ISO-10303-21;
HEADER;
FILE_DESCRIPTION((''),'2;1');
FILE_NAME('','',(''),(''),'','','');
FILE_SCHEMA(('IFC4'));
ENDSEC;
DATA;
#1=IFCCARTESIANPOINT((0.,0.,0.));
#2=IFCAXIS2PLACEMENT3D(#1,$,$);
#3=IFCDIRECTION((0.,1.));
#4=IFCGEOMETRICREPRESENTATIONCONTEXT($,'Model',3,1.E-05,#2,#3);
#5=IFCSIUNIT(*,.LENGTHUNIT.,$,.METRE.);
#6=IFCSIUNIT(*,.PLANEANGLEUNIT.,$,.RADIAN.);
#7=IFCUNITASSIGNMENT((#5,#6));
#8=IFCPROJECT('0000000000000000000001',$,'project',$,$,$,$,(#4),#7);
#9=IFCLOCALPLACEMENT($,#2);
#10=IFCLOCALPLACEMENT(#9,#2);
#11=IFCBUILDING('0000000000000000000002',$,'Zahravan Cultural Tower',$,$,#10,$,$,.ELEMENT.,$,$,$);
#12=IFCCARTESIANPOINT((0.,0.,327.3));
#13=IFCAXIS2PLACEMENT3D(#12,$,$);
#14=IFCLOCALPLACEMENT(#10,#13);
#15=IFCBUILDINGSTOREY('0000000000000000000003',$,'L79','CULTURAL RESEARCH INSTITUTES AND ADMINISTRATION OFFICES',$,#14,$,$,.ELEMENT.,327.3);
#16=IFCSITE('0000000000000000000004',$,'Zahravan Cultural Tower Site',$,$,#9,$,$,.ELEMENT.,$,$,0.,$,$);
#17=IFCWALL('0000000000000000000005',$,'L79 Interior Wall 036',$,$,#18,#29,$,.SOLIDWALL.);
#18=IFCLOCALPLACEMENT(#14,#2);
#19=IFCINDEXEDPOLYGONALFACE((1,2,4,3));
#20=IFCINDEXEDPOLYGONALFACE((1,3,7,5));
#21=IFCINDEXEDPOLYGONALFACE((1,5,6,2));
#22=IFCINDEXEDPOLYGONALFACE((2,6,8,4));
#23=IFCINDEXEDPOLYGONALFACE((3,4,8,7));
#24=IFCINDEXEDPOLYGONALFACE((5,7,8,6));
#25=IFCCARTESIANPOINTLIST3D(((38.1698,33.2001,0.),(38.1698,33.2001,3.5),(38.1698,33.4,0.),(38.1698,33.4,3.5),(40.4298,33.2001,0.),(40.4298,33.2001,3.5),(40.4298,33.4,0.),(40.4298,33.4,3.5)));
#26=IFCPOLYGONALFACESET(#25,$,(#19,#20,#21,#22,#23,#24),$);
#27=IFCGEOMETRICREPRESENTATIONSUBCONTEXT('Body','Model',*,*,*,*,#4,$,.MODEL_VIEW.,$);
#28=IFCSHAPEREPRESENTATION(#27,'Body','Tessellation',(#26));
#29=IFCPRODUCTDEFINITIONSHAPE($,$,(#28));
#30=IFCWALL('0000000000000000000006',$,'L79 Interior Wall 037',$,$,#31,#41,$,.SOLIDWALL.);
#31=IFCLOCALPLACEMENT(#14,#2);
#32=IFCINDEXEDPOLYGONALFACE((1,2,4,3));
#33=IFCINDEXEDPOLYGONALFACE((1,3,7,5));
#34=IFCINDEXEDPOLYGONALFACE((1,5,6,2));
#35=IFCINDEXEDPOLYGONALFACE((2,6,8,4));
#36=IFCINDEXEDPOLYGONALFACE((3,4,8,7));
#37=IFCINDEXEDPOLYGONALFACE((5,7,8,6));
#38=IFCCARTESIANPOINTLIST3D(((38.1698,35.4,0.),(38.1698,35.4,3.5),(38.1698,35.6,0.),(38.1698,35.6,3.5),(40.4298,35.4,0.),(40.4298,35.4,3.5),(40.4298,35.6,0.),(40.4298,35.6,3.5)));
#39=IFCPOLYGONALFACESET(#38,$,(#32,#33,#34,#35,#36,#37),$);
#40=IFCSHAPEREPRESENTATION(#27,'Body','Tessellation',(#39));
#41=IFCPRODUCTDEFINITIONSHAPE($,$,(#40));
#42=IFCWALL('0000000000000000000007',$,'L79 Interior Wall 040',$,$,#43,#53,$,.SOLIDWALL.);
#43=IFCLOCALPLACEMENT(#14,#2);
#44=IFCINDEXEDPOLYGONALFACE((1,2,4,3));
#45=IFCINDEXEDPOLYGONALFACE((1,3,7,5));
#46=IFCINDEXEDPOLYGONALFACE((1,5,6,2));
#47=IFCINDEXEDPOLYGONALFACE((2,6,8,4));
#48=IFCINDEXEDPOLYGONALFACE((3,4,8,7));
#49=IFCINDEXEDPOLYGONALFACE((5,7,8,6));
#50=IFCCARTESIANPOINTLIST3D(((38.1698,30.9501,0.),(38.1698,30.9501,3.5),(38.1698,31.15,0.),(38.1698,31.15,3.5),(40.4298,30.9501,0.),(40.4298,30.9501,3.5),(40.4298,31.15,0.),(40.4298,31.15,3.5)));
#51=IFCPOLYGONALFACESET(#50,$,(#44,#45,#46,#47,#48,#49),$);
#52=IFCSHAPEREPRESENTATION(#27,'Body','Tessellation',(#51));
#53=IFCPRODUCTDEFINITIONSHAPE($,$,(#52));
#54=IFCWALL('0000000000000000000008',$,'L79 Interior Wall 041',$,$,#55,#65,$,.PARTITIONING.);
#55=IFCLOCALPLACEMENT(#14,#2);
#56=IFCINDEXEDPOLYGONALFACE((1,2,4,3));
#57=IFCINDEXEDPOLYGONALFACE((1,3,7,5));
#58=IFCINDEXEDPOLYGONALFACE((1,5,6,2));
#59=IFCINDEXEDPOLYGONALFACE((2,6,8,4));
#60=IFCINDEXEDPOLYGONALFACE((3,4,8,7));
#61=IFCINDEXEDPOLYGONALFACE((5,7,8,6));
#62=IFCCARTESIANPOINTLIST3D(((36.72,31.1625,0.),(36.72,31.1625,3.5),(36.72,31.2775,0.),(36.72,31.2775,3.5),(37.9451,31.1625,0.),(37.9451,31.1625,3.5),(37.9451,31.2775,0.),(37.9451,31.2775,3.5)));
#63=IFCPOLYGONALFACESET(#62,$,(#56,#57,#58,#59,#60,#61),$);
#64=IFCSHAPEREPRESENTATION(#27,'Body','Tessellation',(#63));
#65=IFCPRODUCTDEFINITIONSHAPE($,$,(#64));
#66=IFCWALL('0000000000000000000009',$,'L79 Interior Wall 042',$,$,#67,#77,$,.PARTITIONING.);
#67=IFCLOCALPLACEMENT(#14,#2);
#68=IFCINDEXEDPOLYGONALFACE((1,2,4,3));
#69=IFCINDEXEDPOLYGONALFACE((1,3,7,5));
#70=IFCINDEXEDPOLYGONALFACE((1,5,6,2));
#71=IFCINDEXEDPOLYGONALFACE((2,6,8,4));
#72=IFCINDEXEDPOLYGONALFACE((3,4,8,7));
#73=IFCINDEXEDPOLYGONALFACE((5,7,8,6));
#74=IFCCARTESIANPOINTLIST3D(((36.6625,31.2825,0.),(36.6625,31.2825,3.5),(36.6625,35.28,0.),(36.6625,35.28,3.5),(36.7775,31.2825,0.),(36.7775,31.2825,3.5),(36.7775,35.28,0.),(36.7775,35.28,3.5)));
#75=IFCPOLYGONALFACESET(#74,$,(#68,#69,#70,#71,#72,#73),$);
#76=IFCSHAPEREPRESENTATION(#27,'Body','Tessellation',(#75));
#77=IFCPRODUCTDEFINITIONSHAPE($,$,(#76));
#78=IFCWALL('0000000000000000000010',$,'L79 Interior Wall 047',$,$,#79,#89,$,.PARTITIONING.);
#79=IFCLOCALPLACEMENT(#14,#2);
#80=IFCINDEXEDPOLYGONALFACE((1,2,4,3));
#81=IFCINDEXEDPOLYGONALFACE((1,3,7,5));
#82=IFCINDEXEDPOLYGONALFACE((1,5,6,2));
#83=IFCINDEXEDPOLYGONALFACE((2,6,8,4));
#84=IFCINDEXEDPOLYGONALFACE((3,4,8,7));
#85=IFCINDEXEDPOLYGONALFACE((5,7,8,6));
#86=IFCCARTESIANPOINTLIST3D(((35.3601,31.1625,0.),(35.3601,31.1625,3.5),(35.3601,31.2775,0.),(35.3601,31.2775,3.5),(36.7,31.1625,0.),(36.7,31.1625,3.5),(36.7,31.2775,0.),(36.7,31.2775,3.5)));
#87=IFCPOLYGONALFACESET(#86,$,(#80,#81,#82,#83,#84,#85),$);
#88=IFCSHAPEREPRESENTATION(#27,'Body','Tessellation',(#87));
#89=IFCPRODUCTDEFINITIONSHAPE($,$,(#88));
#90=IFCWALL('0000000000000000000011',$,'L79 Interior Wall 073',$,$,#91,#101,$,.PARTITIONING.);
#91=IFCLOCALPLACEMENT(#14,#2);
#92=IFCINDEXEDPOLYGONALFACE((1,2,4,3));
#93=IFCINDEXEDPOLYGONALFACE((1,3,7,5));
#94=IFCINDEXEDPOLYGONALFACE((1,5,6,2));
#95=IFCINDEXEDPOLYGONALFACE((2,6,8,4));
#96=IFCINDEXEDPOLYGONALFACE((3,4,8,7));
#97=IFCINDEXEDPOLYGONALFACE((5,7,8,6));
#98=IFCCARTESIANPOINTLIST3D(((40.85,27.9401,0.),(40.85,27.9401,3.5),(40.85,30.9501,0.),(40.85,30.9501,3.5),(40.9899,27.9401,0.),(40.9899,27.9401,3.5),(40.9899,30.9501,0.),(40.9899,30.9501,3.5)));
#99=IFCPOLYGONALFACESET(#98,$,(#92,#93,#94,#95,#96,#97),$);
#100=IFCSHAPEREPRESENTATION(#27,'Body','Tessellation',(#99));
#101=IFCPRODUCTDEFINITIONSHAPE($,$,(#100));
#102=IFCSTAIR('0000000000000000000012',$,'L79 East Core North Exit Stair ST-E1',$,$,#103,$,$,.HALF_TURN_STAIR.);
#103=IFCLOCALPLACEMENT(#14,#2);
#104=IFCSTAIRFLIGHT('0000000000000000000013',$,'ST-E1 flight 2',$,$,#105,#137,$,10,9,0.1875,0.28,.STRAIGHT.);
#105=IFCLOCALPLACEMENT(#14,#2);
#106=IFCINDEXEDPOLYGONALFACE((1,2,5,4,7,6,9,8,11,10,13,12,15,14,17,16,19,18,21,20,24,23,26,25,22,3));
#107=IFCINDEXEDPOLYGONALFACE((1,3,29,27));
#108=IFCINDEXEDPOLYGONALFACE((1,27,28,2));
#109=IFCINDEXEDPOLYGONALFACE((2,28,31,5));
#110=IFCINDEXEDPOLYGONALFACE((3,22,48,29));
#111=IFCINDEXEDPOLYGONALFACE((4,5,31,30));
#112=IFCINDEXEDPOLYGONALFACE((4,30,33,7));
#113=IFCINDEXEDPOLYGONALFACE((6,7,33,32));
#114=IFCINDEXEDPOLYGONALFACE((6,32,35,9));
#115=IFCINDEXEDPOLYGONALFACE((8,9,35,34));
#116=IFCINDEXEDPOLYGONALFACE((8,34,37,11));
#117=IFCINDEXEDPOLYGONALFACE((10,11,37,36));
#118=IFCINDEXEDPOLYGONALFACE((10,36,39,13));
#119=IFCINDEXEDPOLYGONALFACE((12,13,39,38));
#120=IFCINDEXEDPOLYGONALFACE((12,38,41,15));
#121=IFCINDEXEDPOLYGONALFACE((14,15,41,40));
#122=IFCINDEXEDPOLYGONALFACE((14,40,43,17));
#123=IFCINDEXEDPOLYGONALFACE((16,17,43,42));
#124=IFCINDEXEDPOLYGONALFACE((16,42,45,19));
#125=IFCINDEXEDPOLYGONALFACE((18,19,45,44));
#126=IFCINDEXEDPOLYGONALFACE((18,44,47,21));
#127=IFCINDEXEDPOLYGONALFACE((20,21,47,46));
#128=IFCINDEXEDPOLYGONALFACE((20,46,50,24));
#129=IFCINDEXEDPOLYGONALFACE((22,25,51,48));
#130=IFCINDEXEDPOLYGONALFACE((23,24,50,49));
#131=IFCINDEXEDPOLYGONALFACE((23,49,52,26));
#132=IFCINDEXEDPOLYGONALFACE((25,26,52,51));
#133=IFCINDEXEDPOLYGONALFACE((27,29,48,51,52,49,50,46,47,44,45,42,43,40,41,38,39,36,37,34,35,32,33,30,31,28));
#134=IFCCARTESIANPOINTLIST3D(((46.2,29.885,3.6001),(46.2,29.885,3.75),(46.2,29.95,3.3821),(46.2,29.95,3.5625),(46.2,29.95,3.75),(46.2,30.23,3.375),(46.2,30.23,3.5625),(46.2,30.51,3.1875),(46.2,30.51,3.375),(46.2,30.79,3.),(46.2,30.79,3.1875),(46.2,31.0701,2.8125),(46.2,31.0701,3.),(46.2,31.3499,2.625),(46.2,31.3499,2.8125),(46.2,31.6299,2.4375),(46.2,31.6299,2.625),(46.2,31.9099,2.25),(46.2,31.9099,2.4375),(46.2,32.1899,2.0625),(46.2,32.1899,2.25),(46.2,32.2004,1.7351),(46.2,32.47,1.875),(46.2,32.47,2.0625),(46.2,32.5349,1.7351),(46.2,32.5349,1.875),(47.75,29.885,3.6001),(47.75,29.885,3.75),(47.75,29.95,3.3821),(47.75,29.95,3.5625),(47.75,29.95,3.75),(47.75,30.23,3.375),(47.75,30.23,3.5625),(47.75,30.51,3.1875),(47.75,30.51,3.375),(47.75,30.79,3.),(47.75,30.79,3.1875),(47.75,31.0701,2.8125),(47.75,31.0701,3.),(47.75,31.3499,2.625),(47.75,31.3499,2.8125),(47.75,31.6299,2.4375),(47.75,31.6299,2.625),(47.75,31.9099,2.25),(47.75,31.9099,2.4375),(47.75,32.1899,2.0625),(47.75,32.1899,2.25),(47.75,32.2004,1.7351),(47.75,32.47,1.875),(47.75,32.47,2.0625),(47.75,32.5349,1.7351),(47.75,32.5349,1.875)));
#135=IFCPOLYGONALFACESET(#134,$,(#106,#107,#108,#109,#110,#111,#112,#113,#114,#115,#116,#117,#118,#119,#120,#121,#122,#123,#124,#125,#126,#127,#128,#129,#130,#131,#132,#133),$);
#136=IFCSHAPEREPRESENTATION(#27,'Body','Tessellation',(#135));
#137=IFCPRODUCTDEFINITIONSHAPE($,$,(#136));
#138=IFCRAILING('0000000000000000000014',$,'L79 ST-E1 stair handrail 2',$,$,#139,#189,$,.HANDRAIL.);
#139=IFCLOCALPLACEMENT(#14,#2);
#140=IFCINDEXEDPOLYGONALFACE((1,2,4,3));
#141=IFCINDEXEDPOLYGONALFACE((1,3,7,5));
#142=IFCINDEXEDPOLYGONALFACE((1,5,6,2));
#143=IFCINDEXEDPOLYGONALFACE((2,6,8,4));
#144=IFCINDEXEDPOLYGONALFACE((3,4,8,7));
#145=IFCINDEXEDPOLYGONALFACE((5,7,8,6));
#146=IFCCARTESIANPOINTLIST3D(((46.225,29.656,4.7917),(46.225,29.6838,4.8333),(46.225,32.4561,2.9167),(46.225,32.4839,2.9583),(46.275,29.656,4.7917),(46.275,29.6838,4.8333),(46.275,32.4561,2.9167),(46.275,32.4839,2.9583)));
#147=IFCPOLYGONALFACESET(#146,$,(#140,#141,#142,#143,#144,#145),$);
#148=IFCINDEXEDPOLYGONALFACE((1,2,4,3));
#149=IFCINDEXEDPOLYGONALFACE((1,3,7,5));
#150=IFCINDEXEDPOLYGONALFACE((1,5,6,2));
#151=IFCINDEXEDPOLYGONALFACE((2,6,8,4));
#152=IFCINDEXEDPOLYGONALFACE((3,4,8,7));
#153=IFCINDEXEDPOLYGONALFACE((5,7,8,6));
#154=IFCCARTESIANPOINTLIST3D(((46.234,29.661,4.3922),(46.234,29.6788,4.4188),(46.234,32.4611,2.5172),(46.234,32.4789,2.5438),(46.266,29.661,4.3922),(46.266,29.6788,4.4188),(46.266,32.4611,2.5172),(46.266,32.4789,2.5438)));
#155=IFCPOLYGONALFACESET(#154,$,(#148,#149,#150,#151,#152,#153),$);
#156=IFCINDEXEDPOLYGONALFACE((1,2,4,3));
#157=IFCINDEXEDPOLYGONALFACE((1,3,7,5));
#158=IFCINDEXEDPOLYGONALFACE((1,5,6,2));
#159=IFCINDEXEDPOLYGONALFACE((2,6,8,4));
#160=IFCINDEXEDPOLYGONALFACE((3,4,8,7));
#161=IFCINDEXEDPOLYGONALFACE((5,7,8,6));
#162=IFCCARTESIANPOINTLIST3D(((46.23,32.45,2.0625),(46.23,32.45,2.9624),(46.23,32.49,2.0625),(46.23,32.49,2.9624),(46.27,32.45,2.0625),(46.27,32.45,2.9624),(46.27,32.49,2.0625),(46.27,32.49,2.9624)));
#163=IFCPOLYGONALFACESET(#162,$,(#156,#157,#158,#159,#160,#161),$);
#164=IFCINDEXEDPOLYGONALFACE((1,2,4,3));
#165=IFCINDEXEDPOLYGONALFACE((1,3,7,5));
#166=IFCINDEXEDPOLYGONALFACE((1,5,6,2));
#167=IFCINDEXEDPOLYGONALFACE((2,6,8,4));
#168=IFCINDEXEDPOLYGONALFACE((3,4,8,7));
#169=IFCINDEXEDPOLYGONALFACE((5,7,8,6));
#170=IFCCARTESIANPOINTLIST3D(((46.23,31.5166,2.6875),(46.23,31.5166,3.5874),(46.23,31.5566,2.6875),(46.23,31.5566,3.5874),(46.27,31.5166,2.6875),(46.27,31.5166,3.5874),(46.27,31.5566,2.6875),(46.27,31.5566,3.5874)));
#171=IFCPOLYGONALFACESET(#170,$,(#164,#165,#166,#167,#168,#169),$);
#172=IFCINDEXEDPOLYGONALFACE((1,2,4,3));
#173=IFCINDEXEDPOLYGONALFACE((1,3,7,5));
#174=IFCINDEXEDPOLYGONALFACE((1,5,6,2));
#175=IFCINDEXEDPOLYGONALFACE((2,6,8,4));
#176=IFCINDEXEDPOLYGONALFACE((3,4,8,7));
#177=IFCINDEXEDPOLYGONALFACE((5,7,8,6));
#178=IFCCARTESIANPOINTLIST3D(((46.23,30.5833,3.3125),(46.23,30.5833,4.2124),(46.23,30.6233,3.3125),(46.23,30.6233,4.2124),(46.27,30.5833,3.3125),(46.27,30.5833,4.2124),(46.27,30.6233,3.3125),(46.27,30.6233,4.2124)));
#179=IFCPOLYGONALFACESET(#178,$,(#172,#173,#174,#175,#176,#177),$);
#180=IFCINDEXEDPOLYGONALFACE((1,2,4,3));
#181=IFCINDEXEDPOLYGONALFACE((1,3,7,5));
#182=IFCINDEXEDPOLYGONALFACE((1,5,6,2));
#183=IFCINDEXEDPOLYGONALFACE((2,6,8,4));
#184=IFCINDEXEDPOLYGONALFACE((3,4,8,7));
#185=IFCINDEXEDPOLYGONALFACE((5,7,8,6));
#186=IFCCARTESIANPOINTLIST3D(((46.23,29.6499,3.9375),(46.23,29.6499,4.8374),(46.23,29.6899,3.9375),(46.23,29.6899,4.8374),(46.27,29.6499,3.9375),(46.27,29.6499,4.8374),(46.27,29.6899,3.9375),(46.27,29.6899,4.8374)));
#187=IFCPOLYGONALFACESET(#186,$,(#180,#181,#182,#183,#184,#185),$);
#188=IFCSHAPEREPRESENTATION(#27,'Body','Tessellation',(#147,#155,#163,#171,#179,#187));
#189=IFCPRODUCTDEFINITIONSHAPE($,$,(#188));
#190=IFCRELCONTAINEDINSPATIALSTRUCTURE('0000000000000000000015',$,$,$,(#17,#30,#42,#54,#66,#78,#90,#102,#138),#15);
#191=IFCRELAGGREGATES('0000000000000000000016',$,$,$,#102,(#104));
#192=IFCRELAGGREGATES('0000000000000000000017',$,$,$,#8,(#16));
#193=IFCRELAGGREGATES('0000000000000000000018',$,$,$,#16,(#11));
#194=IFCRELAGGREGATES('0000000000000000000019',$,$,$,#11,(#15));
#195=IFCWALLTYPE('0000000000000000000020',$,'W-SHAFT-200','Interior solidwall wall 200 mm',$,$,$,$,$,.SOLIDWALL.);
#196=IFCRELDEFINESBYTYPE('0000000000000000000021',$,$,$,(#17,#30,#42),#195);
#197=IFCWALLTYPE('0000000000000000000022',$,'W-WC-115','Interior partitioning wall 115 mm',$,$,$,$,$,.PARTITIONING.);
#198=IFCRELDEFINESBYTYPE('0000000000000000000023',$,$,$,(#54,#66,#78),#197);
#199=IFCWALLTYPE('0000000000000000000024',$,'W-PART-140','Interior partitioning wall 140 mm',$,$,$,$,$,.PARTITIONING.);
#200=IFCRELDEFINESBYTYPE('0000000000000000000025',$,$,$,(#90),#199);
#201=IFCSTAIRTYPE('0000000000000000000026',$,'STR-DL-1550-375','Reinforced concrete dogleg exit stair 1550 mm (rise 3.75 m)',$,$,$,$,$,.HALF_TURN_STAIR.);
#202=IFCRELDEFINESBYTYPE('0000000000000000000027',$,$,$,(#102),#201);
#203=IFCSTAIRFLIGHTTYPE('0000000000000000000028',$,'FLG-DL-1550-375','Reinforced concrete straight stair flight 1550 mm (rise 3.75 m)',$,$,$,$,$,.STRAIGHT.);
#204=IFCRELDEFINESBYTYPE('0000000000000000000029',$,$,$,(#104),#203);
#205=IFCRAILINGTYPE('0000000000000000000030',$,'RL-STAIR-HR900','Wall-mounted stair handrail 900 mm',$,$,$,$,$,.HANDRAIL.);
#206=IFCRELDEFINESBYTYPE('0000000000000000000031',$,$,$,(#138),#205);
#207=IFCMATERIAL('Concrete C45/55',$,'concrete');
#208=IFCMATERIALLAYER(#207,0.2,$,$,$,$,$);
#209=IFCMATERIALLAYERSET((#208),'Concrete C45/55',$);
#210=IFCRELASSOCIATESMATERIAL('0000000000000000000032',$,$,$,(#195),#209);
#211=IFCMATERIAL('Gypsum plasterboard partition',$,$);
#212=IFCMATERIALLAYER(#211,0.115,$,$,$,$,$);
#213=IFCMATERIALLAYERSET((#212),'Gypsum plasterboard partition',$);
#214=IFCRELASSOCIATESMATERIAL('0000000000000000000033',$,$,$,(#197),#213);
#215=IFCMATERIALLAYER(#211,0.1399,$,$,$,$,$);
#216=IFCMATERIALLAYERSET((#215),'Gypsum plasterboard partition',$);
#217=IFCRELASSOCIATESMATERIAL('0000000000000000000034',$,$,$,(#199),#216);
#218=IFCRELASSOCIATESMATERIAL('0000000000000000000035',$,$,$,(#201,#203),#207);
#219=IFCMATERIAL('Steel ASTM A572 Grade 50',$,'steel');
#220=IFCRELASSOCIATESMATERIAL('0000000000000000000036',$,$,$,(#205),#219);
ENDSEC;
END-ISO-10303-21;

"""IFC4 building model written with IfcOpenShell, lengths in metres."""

from ifc_helpers import new_model, si_unit, direction, frame, frame_2d, origin, origin_2d, place, context, subcontext, project, spatial, polyline, rectangle, outline, extrude, source, transform, mapped, material, layer, layer_set, type_object, element, aggregate, save


model = new_model("IFC4")

# Units and contexts
model_context = context("Model", 3, precision=1e-05, world=origin(), true_north=direction((0.0, 1.0)))
body_context = subcontext(model_context, "Body", "Model", "MODEL_VIEW")
ifc_project = project(units=[si_unit("LENGTHUNIT", "METRE"), si_unit("PLANEANGLEUNIT", "RADIAN")], contexts=[model_context])

# Site, building, storey
site_placement = place(None, origin())
site = spatial("IfcSite", under=ifc_project, at=site_placement, Name="Zahravan Cultural Tower Site", CompositionType="ELEMENT", RefElevation=0.0)
building_placement = place(site_placement, origin())
building = spatial("IfcBuilding", under=site, at=building_placement, Name="Zahravan Cultural Tower", CompositionType="ELEMENT")
storey_placement = place(building_placement, frame((0.0, 0.0, 327.3)))
storey = spatial("IfcBuildingStorey", under=building, at=storey_placement, Name="L79", Description="CULTURAL RESEARCH INSTITUTES AND ADMINISTRATION OFFICES", CompositionType="ELEMENT", Elevation=327.3)

# Shared definitions
ifc_material_1 = material(Name="Concrete C45/55", Category="concrete")
ifc_layer_1 = layer(ifc_material_1, 0.2)
ifc_layer_set_1 = layer_set([ifc_layer_1], Name="Concrete C45/55")
wall_type_1 = type_object("IfcWallType", Name="W-SHAFT-200", Description="Interior solidwall wall 200 mm", PredefinedType="SOLIDWALL", material=ifc_layer_set_1)
ifc_material_2 = material(Name="Steel ASTM A572 Grade 50", Category="steel")
ifc_material_3 = material(Name="Gypsum plasterboard partition")
ifc_layer_2 = layer(ifc_material_3, 0.115)
ifc_layer_set_2 = layer_set([ifc_layer_2], Name="Gypsum plasterboard partition")
wall_type_2 = type_object("IfcWallType", Name="W-WC-115", Description="Interior partitioning wall 115 mm", PredefinedType="PARTITIONING", material=ifc_layer_set_2)

# Walls
shared_shape_1 = source(origin(), body_context, "Body", "SweptSolid", [
    extrude(rectangle(XDim=2.26, YDim=0.2, at=frame_2d((1.1299, 0.0))), origin(), (0.0, 0.0, 1.0), 3.5),
])
for number, where, z_axis, x_axis, name in (
    (1, (38.1699, 33.3, 0.0), (0.0, 0.0, 1.0), (1.0, 0.0, 0.0), "L79 Interior Wall 036"),
    (2, (38.1699, 35.5, 0.0), (0.0, 0.0, 1.0), (1.0, 0.0, 0.0), "L79 Interior Wall 037"),
    (3, (38.1699, 31.05, 0.0), (0.0, 0.0, 1.0), (1.0, 0.0, 0.0), "L79 Interior Wall 040"),
):
    element("IfcWall", number, at=place(storey_placement, frame(where, z_axis=z_axis, x_axis=x_axis)), inside=storey, type_object=wall_type_1, Name=name, PredefinedType="SOLIDWALL", context=body_context, shape_type="MappedRepresentation", body=[
        mapped(shared_shape_1, transform((0.0, 0.0, 0.0), x_axis=(1.0, 0.0, 0.0), y_axis=(0.0, 1.0, 0.0), z_axis=(0.0, 0.0, 1.0), scale=1.0)),
    ])
shared_shape_2 = source(origin(), body_context, "Body", "SweptSolid", [
    extrude(rectangle(XDim=1.2251, YDim=0.115, at=frame_2d((0.6125, 0.0))), origin(), (0.0, 0.0, 1.0), 3.5),
])
wall_1_placement = place(storey_placement, frame((37.9451, 31.22, 0.0), z_axis=(0.0, 0.0, 1.0), x_axis=(-1.0, 0.0, 0.0)))
element("IfcWall", 4, at=wall_1_placement, inside=storey, type_object=wall_type_2, Name="L79 Interior Wall 041", PredefinedType="PARTITIONING", context=body_context, shape_type="MappedRepresentation", body=[
    mapped(shared_shape_2, transform((0.0, 0.0, 0.0), x_axis=(1.0, 0.0, 0.0), y_axis=(0.0, 1.0, 0.0), z_axis=(0.0, 0.0, 1.0), scale=1.0)),
])
shared_shape_3 = source(origin(), body_context, "Body", "SweptSolid", [
    extrude(rectangle(XDim=3.9976, YDim=0.115, at=frame_2d((1.9988, 0.0))), origin(), (0.0, 0.0, 1.0), 3.5),
])
wall_2_placement = place(storey_placement, frame((36.72, 31.2825, 0.0), z_axis=(0.0, 0.0, 1.0), x_axis=(0.0, 1.0, 0.0)))
element("IfcWall", 5, at=wall_2_placement, inside=storey, type_object=wall_type_2, Name="L79 Interior Wall 042", PredefinedType="PARTITIONING", context=body_context, shape_type="MappedRepresentation", body=[
    mapped(shared_shape_3, transform((0.0, 0.0, 0.0), x_axis=(1.0, 0.0, 0.0), y_axis=(0.0, 1.0, 0.0), z_axis=(0.0, 0.0, 1.0), scale=1.0)),
])
shared_shape_4 = source(origin(), body_context, "Body", "SweptSolid", [
    extrude(rectangle(XDim=1.3398, YDim=0.115, at=frame_2d((0.6699, 0.0))), origin(), (0.0, 0.0, 1.0), 3.5),
])
wall_3_placement = place(storey_placement, frame((36.7, 31.22, 0.0), z_axis=(0.0, 0.0, 1.0), x_axis=(-1.0, 0.0, 0.0)))
element("IfcWall", 6, at=wall_3_placement, inside=storey, type_object=wall_type_2, Name="L79 Interior Wall 047", PredefinedType="PARTITIONING", context=body_context, shape_type="MappedRepresentation", body=[
    mapped(shared_shape_4, transform((0.0, 0.0, 0.0), x_axis=(1.0, 0.0, 0.0), y_axis=(0.0, 1.0, 0.0), z_axis=(0.0, 0.0, 1.0), scale=1.0)),
])
ifc_layer_3 = layer(ifc_material_3, 0.1399)
ifc_layer_set_3 = layer_set([ifc_layer_3], Name="Gypsum plasterboard partition")
wall_type_3 = type_object("IfcWallType", Name="W-PART-140", Description="Interior partitioning wall 140 mm", PredefinedType="PARTITIONING", material=ifc_layer_set_3)
shared_shape_5 = source(origin(), body_context, "Body", "SweptSolid", [
    extrude(rectangle(XDim=3.01, YDim=0.1399, at=frame_2d((1.5049, 0.0))), origin(), (0.0, 0.0, 1.0), 3.5),
])
wall_4_placement = place(storey_placement, frame((40.9199, 30.95, 0.0), z_axis=(0.0, 0.0, 1.0), x_axis=(0.0, -1.0, 0.0)))
element("IfcWall", 7, at=wall_4_placement, inside=storey, type_object=wall_type_3, Name="L79 Interior Wall 073", PredefinedType="PARTITIONING", context=body_context, shape_type="MappedRepresentation", body=[
    mapped(shared_shape_5, transform((0.0, 0.0, 0.0), x_axis=(1.0, 0.0, 0.0), y_axis=(0.0, 1.0, 0.0), z_axis=(0.0, 0.0, 1.0), scale=1.0)),
])

# Stair, stair flight
stair_type = type_object("IfcStairType", Name="STR-DL-1550-375", Description="Reinforced concrete dogleg exit stair 1550 mm (rise 3.75 m)", PredefinedType="HALF_TURN_STAIR", material=ifc_material_1)
stair_placement = place(storey_placement, origin())
stair = element("IfcStair", 8, at=stair_placement, inside=storey, type_object=stair_type, Name="L79 East Core North Exit Stair ST-E1", PredefinedType="HALF_TURN_STAIR")
stair_flight_type = type_object("IfcStairFlightType", Name="FLG-DL-1550-375", Description="Reinforced concrete straight stair flight 1550 mm (rise 3.75 m)", PredefinedType="STRAIGHT", material=ifc_material_1)
stair_flight_placement = place(storey_placement, frame((46.9751, 32.47, 1.875), z_axis=(0.0, 0.0, 1.0), x_axis=(0.0, -1.0, 0.0)))
stair_flight = element("IfcStairFlight", 9, at=stair_flight_placement, type_object=stair_flight_type, Name="ST-E1 flight 2", NumberOfRisers=10, NumberOfTreads=9, PredefinedType="STRAIGHT", RiserHeight=0.1875, TreadLength=0.28, context=body_context, shape_type="SweptSolid", body=[
    extrude(outline(polyline([(-0.0649, -0.1399), (-0.0649, 0.0), (0.0, 0.0), (0.0, 0.1875), (0.28, 0.1875), (0.28, 0.375), (0.5601, 0.375), (0.5601, 0.5625), (0.8401, 0.5625), (0.8401, 0.75), (1.1201, 0.75), (1.1201, 0.9375), (1.3999, 0.9375), (1.3999, 1.125), (1.6799, 1.125), (1.6799, 1.3125), (1.96, 1.3125), (1.96, 1.5), (2.24, 1.5), (2.24, 1.6875), (2.52, 1.6875), (2.52, 1.875), (2.585, 1.875), (2.585, 1.7251), (2.52, 1.5071), (0.2695, -0.1399), (-0.0649, -0.1399)])), frame((0.0, 0.7749, 0.0), z_axis=(0.0, -1.0, 0.0), x_axis=(1.0, 0.0, 0.0)), (0.0, 0.0, 1.0), 1.55),
])
aggregate(stair, [stair_flight])

# Railing
railing_type = type_object("IfcRailingType", Name="RL-STAIR-HR900", Description="Wall-mounted stair handrail 900 mm", PredefinedType="HANDRAIL", material=ifc_material_2)
railing_placement = place(storey_placement, frame((46.25, 32.47, 2.0625)))
element("IfcRailing", 10, at=railing_placement, inside=storey, type_object=railing_type, Name="L79 ST-E1 stair handrail 2", PredefinedType="HANDRAIL", context=body_context, shape_type="SweptSolid", body=[
    extrude(rectangle(XDim=0.05, YDim=0.05, at=origin_2d()), frame((0.0, 0.0, 0.875), z_axis=(0.0, -0.830912, 0.556404), x_axis=(1.0, 0.0, 0.0)), (0.0, 0.0, 1.0), 3.3699),
    extrude(rectangle(XDim=0.032, YDim=0.032, at=origin_2d()), frame((0.0, 0.0, 0.468), z_axis=(0.0, -0.830912, 0.556404), x_axis=(1.0, 0.0, 0.0)), (0.0, 0.0, 1.0), 3.3699),
    extrude(rectangle(XDim=0.04, YDim=0.04, at=origin_2d()), origin(), (0.0, 0.0, 1.0), 0.8999),
    extrude(rectangle(XDim=0.04, YDim=0.04, at=origin_2d()), frame((0.0, -0.9333, 0.625)), (0.0, 0.0, 1.0), 0.8999),
    extrude(rectangle(XDim=0.04, YDim=0.04, at=origin_2d()), frame((0.0, -1.8667, 1.25)), (0.0, 0.0, 1.0), 0.8999),
    extrude(rectangle(XDim=0.04, YDim=0.04, at=origin_2d()), frame((0.0, -2.8, 1.875)), (0.0, 0.0, 1.0), 0.8999),
])

save(model, "model.ifc")
